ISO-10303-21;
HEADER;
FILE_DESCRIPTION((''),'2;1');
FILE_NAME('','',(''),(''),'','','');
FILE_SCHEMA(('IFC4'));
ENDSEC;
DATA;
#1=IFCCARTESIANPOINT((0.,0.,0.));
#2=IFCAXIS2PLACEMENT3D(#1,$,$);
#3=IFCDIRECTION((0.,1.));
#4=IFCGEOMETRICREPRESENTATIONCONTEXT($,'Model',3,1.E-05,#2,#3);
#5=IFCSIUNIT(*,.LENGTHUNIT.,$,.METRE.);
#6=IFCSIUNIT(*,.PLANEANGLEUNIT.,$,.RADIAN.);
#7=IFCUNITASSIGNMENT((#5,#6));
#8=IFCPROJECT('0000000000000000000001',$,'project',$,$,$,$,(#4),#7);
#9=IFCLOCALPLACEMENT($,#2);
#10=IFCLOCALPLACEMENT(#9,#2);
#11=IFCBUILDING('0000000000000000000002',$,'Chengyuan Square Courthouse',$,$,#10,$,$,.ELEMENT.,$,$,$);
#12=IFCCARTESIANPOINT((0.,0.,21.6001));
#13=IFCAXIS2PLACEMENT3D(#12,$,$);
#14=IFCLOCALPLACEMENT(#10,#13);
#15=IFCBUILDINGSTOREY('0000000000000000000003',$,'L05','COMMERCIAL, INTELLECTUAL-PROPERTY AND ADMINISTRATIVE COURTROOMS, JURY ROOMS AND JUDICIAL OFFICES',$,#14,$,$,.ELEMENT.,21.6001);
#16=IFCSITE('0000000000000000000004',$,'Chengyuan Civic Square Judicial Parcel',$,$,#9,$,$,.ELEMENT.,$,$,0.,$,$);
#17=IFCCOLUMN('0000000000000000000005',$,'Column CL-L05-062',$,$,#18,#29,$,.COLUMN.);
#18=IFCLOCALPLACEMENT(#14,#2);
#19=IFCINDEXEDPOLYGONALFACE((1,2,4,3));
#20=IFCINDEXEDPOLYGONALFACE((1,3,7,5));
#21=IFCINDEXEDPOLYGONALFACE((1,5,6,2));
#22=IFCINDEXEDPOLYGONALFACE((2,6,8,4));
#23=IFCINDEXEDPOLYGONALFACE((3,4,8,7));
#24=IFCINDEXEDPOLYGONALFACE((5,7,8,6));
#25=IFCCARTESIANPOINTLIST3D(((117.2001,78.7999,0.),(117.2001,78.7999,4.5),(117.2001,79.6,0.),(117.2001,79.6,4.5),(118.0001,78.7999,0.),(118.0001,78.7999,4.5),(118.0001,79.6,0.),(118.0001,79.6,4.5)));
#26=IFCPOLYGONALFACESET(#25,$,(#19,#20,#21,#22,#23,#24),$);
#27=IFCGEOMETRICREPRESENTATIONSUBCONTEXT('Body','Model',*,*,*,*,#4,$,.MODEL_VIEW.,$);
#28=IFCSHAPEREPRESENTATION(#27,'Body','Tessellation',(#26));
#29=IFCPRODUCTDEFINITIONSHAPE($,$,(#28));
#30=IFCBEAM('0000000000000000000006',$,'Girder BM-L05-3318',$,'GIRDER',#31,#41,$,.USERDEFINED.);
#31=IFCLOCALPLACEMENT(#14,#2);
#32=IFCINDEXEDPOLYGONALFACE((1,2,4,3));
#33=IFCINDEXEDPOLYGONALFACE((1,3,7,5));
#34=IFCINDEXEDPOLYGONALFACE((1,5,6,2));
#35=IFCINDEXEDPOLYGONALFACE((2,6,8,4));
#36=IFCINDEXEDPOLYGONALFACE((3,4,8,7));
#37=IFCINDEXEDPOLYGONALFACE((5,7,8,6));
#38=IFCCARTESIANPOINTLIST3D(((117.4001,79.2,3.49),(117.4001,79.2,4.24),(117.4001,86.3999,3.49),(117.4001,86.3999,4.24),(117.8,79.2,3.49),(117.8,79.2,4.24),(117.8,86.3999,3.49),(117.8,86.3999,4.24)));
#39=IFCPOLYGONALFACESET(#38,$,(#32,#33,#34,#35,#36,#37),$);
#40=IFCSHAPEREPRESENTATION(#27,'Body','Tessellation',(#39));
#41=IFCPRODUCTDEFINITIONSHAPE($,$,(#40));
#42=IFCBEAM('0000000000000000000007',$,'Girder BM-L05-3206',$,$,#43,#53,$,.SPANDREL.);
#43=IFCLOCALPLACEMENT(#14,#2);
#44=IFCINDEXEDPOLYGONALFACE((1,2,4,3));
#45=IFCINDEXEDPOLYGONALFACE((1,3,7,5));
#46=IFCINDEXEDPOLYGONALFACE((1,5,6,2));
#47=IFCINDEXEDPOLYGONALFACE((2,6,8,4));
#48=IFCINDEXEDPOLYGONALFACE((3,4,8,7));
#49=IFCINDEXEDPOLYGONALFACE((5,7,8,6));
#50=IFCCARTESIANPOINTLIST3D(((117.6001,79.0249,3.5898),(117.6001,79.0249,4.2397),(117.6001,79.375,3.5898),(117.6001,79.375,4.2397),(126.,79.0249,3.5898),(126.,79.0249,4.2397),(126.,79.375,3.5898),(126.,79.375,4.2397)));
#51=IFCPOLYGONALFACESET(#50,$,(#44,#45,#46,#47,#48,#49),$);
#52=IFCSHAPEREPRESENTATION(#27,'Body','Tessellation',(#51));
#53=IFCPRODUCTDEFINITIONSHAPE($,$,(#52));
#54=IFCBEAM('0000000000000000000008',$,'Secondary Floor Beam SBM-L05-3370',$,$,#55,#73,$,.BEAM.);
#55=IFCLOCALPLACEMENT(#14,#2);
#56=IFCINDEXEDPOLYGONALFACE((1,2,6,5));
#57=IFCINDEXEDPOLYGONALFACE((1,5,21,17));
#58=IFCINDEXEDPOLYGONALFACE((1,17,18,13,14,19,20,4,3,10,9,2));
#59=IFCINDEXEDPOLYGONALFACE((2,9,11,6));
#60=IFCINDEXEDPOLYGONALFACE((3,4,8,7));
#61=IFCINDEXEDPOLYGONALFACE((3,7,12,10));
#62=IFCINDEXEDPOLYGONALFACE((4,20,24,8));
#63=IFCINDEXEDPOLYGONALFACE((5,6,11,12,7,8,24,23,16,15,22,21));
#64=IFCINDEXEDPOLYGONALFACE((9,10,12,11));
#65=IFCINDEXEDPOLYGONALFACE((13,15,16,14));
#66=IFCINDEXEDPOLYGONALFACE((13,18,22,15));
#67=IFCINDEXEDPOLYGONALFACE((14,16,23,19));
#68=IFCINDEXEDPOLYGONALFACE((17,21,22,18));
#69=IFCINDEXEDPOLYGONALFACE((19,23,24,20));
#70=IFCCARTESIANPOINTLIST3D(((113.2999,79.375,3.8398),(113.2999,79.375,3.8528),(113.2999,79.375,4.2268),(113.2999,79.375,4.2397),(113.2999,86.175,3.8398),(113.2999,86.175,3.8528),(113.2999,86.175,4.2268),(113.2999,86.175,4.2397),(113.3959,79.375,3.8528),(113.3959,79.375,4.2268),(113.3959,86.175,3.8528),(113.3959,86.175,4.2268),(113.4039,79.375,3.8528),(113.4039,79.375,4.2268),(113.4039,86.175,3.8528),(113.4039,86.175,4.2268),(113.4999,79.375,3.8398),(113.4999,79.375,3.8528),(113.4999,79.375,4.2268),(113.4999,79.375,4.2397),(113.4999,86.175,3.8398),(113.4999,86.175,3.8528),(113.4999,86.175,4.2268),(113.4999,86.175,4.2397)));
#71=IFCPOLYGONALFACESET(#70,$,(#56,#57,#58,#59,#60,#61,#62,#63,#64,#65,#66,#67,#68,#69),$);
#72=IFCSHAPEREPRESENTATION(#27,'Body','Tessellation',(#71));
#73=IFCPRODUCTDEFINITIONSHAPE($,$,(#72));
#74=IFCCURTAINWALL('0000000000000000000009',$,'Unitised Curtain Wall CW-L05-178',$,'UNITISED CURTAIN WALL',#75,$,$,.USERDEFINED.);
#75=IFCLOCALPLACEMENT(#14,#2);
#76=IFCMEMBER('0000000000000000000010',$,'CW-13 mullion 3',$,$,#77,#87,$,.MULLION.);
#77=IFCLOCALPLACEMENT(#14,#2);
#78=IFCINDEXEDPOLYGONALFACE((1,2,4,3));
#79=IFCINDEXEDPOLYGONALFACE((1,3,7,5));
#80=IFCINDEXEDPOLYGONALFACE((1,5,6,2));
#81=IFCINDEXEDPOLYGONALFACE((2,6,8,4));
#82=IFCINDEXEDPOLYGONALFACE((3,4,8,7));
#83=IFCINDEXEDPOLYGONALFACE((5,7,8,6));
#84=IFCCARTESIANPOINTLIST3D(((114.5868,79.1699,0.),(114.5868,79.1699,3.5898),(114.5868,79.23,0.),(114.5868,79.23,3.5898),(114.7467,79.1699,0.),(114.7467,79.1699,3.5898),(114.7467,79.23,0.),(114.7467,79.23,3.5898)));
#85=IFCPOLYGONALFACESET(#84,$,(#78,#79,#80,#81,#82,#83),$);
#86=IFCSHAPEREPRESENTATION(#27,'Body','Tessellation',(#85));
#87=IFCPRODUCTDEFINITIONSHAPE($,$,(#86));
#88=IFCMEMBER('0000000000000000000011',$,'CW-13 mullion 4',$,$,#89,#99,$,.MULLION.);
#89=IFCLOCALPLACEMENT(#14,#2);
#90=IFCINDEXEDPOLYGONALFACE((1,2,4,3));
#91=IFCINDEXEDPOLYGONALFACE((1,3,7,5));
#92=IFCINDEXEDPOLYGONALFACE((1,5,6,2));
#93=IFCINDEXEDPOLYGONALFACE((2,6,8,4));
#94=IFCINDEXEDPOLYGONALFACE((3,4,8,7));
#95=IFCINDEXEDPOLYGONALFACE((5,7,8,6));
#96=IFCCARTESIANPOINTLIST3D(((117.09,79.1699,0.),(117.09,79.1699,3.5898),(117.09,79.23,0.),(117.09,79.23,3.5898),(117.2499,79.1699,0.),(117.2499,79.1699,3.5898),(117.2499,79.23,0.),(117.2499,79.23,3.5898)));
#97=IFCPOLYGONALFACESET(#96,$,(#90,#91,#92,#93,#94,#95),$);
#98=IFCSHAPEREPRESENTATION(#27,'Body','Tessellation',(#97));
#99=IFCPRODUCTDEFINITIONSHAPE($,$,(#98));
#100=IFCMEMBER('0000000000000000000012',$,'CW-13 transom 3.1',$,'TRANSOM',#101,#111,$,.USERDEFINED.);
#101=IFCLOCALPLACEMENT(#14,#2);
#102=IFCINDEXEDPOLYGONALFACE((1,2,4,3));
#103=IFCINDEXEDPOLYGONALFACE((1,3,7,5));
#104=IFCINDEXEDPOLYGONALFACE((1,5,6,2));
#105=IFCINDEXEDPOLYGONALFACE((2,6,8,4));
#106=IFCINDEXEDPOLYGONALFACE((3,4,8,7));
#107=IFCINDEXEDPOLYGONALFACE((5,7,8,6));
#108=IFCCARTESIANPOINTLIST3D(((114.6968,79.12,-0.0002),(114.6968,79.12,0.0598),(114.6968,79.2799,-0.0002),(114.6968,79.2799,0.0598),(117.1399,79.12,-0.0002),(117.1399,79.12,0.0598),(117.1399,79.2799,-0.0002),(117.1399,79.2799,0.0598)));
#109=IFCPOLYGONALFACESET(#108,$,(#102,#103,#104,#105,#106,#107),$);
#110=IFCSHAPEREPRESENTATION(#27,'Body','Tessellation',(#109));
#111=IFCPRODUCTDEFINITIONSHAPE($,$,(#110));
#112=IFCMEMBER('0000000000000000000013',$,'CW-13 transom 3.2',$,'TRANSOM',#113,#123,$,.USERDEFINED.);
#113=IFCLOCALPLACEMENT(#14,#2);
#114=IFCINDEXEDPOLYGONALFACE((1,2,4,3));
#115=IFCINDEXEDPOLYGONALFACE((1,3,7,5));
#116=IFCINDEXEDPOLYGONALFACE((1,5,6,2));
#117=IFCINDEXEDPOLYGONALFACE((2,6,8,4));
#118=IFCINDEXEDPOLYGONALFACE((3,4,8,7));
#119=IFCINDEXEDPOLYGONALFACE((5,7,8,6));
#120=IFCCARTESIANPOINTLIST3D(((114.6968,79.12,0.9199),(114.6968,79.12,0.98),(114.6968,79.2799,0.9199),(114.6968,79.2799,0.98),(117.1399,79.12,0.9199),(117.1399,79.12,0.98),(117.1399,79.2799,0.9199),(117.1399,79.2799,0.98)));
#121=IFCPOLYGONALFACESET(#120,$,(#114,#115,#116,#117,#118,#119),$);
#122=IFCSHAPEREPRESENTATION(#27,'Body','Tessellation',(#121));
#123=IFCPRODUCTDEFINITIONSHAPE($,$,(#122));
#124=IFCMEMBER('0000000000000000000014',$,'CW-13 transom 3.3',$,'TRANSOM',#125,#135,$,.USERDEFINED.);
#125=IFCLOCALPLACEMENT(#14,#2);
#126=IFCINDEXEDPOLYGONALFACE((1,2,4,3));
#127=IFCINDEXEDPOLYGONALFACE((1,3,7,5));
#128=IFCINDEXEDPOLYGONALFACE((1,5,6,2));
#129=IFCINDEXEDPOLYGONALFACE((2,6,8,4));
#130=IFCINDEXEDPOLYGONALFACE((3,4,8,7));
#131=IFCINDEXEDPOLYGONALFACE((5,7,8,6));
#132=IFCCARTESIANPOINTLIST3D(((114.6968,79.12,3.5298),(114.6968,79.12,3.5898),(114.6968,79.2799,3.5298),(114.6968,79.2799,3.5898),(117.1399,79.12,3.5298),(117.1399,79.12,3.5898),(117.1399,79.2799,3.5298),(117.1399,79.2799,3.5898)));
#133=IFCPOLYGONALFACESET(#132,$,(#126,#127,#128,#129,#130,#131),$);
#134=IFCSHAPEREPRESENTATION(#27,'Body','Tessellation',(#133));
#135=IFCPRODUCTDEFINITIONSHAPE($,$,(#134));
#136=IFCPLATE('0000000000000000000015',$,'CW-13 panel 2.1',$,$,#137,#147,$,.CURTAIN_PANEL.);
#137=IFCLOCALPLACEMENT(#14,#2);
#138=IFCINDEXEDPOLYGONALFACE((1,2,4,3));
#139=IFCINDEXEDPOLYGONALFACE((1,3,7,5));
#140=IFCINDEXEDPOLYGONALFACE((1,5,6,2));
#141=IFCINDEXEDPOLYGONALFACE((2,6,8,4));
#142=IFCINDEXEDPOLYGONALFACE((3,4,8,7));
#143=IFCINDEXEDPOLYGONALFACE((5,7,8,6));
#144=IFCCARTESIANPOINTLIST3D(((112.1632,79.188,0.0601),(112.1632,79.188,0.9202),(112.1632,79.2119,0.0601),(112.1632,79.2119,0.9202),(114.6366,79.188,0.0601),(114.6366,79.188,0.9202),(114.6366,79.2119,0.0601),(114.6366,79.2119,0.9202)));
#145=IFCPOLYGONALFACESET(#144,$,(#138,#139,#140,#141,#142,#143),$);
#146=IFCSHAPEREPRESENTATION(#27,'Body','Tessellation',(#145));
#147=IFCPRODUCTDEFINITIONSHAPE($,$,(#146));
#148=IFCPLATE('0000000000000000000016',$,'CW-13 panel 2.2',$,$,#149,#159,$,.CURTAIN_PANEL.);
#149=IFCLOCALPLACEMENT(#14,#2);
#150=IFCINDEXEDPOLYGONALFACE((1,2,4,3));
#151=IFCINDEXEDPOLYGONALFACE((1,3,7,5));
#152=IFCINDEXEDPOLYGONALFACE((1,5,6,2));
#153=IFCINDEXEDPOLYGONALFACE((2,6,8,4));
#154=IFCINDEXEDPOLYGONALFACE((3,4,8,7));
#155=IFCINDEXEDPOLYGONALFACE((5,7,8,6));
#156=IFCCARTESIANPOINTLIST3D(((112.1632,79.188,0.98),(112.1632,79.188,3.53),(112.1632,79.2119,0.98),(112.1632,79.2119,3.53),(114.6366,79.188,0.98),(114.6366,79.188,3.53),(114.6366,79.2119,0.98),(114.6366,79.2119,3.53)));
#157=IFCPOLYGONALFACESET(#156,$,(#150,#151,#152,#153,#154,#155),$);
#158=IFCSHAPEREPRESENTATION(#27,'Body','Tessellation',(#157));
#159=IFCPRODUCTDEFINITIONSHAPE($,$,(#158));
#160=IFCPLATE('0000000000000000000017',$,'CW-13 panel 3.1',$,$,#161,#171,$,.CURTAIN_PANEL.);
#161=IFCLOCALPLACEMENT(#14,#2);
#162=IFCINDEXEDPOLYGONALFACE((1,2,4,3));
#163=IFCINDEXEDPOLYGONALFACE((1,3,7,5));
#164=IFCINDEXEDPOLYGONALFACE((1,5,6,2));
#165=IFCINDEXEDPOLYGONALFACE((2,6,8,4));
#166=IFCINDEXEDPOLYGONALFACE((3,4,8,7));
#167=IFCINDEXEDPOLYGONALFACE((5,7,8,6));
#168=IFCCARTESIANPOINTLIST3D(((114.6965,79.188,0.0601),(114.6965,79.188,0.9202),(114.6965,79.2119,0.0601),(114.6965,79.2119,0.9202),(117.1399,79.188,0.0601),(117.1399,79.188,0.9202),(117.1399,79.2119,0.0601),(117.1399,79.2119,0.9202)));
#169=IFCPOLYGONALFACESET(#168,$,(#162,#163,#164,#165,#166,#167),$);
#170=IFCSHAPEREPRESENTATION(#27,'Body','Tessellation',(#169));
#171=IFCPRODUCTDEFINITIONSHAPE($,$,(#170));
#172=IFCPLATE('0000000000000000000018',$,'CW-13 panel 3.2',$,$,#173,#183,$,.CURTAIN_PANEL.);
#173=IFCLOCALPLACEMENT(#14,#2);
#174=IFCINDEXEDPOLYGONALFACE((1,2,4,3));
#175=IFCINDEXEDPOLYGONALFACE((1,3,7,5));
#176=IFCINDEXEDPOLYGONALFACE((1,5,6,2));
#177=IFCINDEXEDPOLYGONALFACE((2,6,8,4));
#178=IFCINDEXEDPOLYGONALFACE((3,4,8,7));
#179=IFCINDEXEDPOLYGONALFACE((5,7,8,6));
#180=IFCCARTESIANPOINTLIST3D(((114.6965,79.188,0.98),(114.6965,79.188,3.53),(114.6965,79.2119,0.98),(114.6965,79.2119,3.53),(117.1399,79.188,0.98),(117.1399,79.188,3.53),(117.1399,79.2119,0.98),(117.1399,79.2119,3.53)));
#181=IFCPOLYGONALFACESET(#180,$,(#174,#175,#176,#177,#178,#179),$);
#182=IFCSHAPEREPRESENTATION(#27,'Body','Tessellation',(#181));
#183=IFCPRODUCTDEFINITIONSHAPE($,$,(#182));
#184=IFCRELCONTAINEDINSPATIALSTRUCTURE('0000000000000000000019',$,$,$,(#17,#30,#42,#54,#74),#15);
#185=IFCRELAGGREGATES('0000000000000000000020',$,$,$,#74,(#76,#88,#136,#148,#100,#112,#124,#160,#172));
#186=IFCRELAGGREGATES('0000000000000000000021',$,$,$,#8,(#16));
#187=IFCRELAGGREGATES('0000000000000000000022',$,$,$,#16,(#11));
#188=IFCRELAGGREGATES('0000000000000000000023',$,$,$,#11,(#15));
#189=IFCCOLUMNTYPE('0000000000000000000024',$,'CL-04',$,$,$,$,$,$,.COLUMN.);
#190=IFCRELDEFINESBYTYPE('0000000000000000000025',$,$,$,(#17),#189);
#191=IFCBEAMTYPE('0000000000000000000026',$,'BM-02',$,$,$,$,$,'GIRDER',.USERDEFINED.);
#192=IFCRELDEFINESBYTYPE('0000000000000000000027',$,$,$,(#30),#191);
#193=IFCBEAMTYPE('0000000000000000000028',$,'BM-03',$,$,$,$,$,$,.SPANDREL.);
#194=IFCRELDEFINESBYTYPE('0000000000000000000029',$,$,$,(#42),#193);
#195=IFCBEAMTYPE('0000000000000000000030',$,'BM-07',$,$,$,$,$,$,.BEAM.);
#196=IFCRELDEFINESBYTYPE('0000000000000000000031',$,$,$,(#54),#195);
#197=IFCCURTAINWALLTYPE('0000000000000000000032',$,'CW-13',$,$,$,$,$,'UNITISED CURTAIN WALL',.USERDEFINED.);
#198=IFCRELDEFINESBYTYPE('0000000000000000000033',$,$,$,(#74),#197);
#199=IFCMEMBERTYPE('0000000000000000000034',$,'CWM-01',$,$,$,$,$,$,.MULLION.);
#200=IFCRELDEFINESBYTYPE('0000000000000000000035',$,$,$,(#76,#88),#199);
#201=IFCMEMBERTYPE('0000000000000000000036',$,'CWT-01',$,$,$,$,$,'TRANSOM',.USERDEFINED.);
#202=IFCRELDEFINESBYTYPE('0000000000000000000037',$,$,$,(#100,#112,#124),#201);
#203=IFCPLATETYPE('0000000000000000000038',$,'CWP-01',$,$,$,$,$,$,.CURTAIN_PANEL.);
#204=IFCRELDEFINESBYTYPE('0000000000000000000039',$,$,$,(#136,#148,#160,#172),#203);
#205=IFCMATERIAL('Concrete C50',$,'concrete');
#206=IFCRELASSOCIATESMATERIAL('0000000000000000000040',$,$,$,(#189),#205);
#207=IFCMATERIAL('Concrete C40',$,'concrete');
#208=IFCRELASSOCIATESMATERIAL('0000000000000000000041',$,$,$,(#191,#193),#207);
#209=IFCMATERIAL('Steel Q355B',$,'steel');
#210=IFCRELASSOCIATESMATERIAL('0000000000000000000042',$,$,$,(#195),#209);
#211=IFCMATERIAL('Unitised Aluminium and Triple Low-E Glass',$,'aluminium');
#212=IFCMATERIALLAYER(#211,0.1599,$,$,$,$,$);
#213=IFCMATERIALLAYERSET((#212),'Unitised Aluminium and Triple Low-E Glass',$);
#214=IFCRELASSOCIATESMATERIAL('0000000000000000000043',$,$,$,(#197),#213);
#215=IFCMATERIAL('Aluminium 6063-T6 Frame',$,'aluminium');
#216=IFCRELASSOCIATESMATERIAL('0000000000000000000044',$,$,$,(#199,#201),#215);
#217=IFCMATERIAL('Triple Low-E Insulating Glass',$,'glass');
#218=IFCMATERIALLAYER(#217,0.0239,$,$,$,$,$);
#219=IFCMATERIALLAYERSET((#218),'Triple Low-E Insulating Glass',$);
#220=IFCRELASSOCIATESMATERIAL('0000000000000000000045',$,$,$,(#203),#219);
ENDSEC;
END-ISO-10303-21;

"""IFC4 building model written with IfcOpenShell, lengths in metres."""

from ifc_helpers import new_model, si_unit, direction, frame, origin, origin_2d, place, context, subcontext, project, spatial, rectangle, i_section, extrude, material, layer, layer_set, material_profile, profile_set, type_object, element, aggregate, save


model = new_model("IFC4")

# Units and contexts
model_context = context("Model", 3, precision=1e-05, world=origin(), true_north=direction((0.0, 1.0)))
body_context = subcontext(model_context, "Body", "Model", "MODEL_VIEW")
ifc_project = project(units=[si_unit("LENGTHUNIT", "METRE"), si_unit("PLANEANGLEUNIT", "RADIAN")], contexts=[model_context])

# Site, building, storey
site_placement = place(None, origin())
site = spatial("IfcSite", under=ifc_project, at=site_placement, Name="Chengyuan Civic Square Judicial Parcel", CompositionType="ELEMENT", RefElevation=0.0)
building_placement = place(site_placement, origin())
building = spatial("IfcBuilding", under=site, at=building_placement, Name="Chengyuan Square Courthouse", CompositionType="ELEMENT")
storey_placement = place(building_placement, frame((0.0, 0.0, 21.6001)))
storey = spatial("IfcBuildingStorey", under=building, at=storey_placement, Name="L05", Description="COMMERCIAL, INTELLECTUAL-PROPERTY AND ADMINISTRATIVE COURTROOMS, JURY ROOMS AND JUDICIAL OFFICES", CompositionType="ELEMENT", Elevation=21.6001)

# Column
ifc_material_1 = material(Name="Concrete C50", Category="concrete")
ifc_material_profile_1 = material_profile(ifc_material_1, rectangle(XDim=0.8, YDim=0.8, at=origin_2d()), Name="RC-COL-800x800")
ifc_profile_set_1 = profile_set([ifc_material_profile_1], Name="Concrete C50")
column_type = type_object("IfcColumnType", Name="CL-04", PredefinedType="COLUMN", material=ifc_profile_set_1)
column_placement = place(storey_placement, frame((117.6001, 79.2, 0.0), z_axis=(0.0, 0.0, 1.0), x_axis=(1.0, 0.0, 0.0)))
element("IfcColumn", 1, at=column_placement, inside=storey, type_object=column_type, Name="Column CL-L05-062", PredefinedType="COLUMN", context=body_context, shape_type="SweptSolid", body=[
    extrude(rectangle(XDim=0.8, YDim=0.8, at=origin_2d()), origin(), (0.0, 0.0, 1.0), 4.5),
])

# Beams
ifc_material_2 = material(Name="Concrete C40", Category="concrete")
ifc_material_profile_2 = material_profile(ifc_material_2, rectangle(XDim=0.3999, YDim=0.75, at=origin_2d()), Name="RC-BM-400x750")
ifc_profile_set_2 = profile_set([ifc_material_profile_2], Name="Concrete C40")
beam_type_1 = type_object("IfcBeamType", Name="BM-02", ElementType="GIRDER", PredefinedType="USERDEFINED", material=ifc_profile_set_2)
beam_1_placement = place(storey_placement, frame((117.6001, 79.2, 3.865), z_axis=(0.0, 1.0, 0.0), x_axis=(-1.0, 0.0, 0.0)))
element("IfcBeam", 2, at=beam_1_placement, inside=storey, type_object=beam_type_1, Name="Girder BM-L05-3318", ObjectType="GIRDER", PredefinedType="USERDEFINED", context=body_context, shape_type="SweptSolid", body=[
    extrude(rectangle(XDim=0.3999, YDim=0.75, at=origin_2d()), origin(), (0.0, 0.0, 1.0), 7.2),
])
ifc_material_profile_3 = material_profile(ifc_material_2, rectangle(XDim=0.3501, YDim=0.6499, at=origin_2d()), Name="RC-BM-350x650")
ifc_profile_set_3 = profile_set([ifc_material_profile_3], Name="Concrete C40")
beam_type_2 = type_object("IfcBeamType", Name="BM-03", PredefinedType="SPANDREL", material=ifc_profile_set_3)
beam_2_placement = place(storey_placement, frame((117.6001, 79.2, 3.9148), z_axis=(1.0, 0.0, 0.0), x_axis=(0.0, 1.0, 0.0)))
element("IfcBeam", 3, at=beam_2_placement, inside=storey, type_object=beam_type_2, Name="Girder BM-L05-3206", PredefinedType="SPANDREL", context=body_context, shape_type="SweptSolid", body=[
    extrude(rectangle(XDim=0.3501, YDim=0.6499, at=origin_2d()), origin(), (0.0, 0.0, 1.0), 8.3999),
])
ifc_material_3 = material(Name="Steel Q355B", Category="steel")
ifc_material_profile_4 = material_profile(ifc_material_3, i_section(OverallWidth=0.2, OverallDepth=0.3999, WebThickness=0.0081, FlangeThickness=0.0129, at=origin_2d()), Name="HN 400x200x8x13")
ifc_profile_set_4 = profile_set([ifc_material_profile_4], Name="Steel Q355B")
beam_type_3 = type_object("IfcBeamType", Name="BM-07", PredefinedType="BEAM", material=ifc_profile_set_4)
beam_3_placement = place(storey_placement, frame((113.3999, 79.375, 4.0398), z_axis=(0.0, 1.0, 0.0), x_axis=(-1.0, 0.0, 0.0)))
element("IfcBeam", 4, at=beam_3_placement, inside=storey, type_object=beam_type_3, Name="Secondary Floor Beam SBM-L05-3370", PredefinedType="BEAM", context=body_context, shape_type="SweptSolid", body=[
    extrude(i_section(OverallWidth=0.2, OverallDepth=0.3999, WebThickness=0.0081, FlangeThickness=0.0129, at=origin_2d()), origin(), (0.0, 0.0, 1.0), 6.8),
])

# Curtain wall, members, plates
ifc_material_4 = material(Name="Unitised Aluminium and Triple Low-E Glass", Category="aluminium")
ifc_layer_1 = layer(ifc_material_4, 0.1599)
ifc_layer_set_1 = layer_set([ifc_layer_1], Name="Unitised Aluminium and Triple Low-E Glass")
curtain_wall_type = type_object("IfcCurtainWallType", Name="CW-13", ElementType="UNITISED CURTAIN WALL", PredefinedType="USERDEFINED", material=ifc_layer_set_1)
curtain_wall_placement = place(storey_placement, origin())
curtain_wall = element("IfcCurtainWall", 5, at=curtain_wall_placement, inside=storey, type_object=curtain_wall_type, Name="Unitised Curtain Wall CW-L05-178", ObjectType="UNITISED CURTAIN WALL", PredefinedType="USERDEFINED")
ifc_material_5 = material(Name="Aluminium 6063-T6 Frame", Category="aluminium")
ifc_material_profile_5 = material_profile(ifc_material_5, rectangle(XDim=0.0601, YDim=0.1599, at=origin_2d()), Name="CW-MUL-60x160")
ifc_profile_set_5 = profile_set([ifc_material_profile_5], Name="Aluminium 6063-T6 Frame")
member_type_1 = type_object("IfcMemberType", Name="CWM-01", PredefinedType="MULLION", material=ifc_profile_set_5)
member_1_placement = place(storey_placement, frame((114.6667, 79.2, 0.0), z_axis=(0.0, 0.0, 1.0), x_axis=(0.0, 1.0, 0.0)))
member_1 = element("IfcMember", 6, at=member_1_placement, type_object=member_type_1, Name="CW-13 mullion 3", PredefinedType="MULLION", context=body_context, shape_type="SweptSolid", body=[
    extrude(rectangle(XDim=0.0601, YDim=0.1599, at=origin_2d()), origin(), (0.0, 0.0, 1.0), 3.5898),
])
member_2_placement = place(storey_placement, frame((117.1699, 79.2, 0.0), z_axis=(0.0, 0.0, 1.0), x_axis=(0.0, 1.0, 0.0)))
member_2 = element("IfcMember", 7, at=member_2_placement, type_object=member_type_1, Name="CW-13 mullion 4", PredefinedType="MULLION", context=body_context, shape_type="SweptSolid", body=[
    extrude(rectangle(XDim=0.0601, YDim=0.1599, at=origin_2d()), origin(), (0.0, 0.0, 1.0), 3.5898),
])
ifc_material_profile_6 = material_profile(ifc_material_5, rectangle(XDim=0.1599, YDim=0.0601, at=origin_2d()), Name="CW-TRN-60x120")
ifc_profile_set_6 = profile_set([ifc_material_profile_6], Name="Aluminium 6063-T6 Frame")
member_type_2 = type_object("IfcMemberType", Name="CWT-01", ElementType="TRANSOM", PredefinedType="USERDEFINED", material=ifc_profile_set_6)
member_3_placement = place(storey_placement, frame((114.6968, 79.2, 0.0298), z_axis=(1.0, 0.0, 0.0), x_axis=(0.0, 1.0, 0.0)))
member_3 = element("IfcMember", 8, at=member_3_placement, type_object=member_type_2, Name="CW-13 transom 3.1", ObjectType="TRANSOM", PredefinedType="USERDEFINED", context=body_context, shape_type="SweptSolid", body=[
    extrude(rectangle(XDim=0.1599, YDim=0.0601, at=origin_2d()), origin(), (0.0, 0.0, 1.0), 2.4431),
])
member_4_placement = place(storey_placement, frame((114.6968, 79.2, 0.95), z_axis=(1.0, 0.0, 0.0), x_axis=(0.0, 1.0, 0.0)))
member_4 = element("IfcMember", 9, at=member_4_placement, type_object=member_type_2, Name="CW-13 transom 3.2", ObjectType="TRANSOM", PredefinedType="USERDEFINED", context=body_context, shape_type="SweptSolid", body=[
    extrude(rectangle(XDim=0.1599, YDim=0.0601, at=origin_2d()), origin(), (0.0, 0.0, 1.0), 2.4431),
])
member_5_placement = place(storey_placement, frame((114.6968, 79.2, 3.5598), z_axis=(1.0, 0.0, 0.0), x_axis=(0.0, 1.0, 0.0)))
member_5 = element("IfcMember", 10, at=member_5_placement, type_object=member_type_2, Name="CW-13 transom 3.3", ObjectType="TRANSOM", PredefinedType="USERDEFINED", context=body_context, shape_type="SweptSolid", body=[
    extrude(rectangle(XDim=0.1599, YDim=0.0601, at=origin_2d()), origin(), (0.0, 0.0, 1.0), 2.4431),
])
ifc_material_6 = material(Name="Triple Low-E Insulating Glass", Category="glass")
ifc_layer_2 = layer(ifc_material_6, 0.0239)
ifc_layer_set_2 = layer_set([ifc_layer_2], Name="Triple Low-E Insulating Glass")
plate_type = type_object("IfcPlateType", Name="CWP-01", PredefinedType="CURTAIN_PANEL", material=ifc_layer_set_2)
plate_1_placement = place(storey_placement, frame((113.3999, 79.2, 0.0601), z_axis=(0.0, 0.0, 1.0), x_axis=(1.0, 0.0, 0.0)))
plate_1 = element("IfcPlate", 11, at=plate_1_placement, type_object=plate_type, Name="CW-13 panel 2.1", PredefinedType="CURTAIN_PANEL", context=body_context, shape_type="SweptSolid", body=[
    extrude(rectangle(XDim=2.4734, YDim=0.0239, at=origin_2d()), origin(), (0.0, 0.0, 1.0), 0.8601),
])
plate_2_placement = place(storey_placement, frame((113.3999, 79.2, 0.98), z_axis=(0.0, 0.0, 1.0), x_axis=(1.0, 0.0, 0.0)))
plate_2 = element("IfcPlate", 12, at=plate_2_placement, type_object=plate_type, Name="CW-13 panel 2.2", PredefinedType="CURTAIN_PANEL", context=body_context, shape_type="SweptSolid", body=[
    extrude(rectangle(XDim=2.4734, YDim=0.0239, at=origin_2d()), origin(), (0.0, 0.0, 1.0), 2.55),
])
plate_3_placement = place(storey_placement, frame((115.9182, 79.2, 0.0601), z_axis=(0.0, 0.0, 1.0), x_axis=(1.0, 0.0, 0.0)))
plate_3 = element("IfcPlate", 13, at=plate_3_placement, type_object=plate_type, Name="CW-13 panel 3.1", PredefinedType="CURTAIN_PANEL", context=body_context, shape_type="SweptSolid", body=[
    extrude(rectangle(XDim=2.4434, YDim=0.0239, at=origin_2d()), origin(), (0.0, 0.0, 1.0), 0.8601),
])
plate_4_placement = place(storey_placement, frame((115.9182, 79.2, 0.98), z_axis=(0.0, 0.0, 1.0), x_axis=(1.0, 0.0, 0.0)))
plate_4 = element("IfcPlate", 14, at=plate_4_placement, type_object=plate_type, Name="CW-13 panel 3.2", PredefinedType="CURTAIN_PANEL", context=body_context, shape_type="SweptSolid", body=[
    extrude(rectangle(XDim=2.4434, YDim=0.0239, at=origin_2d()), origin(), (0.0, 0.0, 1.0), 2.55),
])
aggregate(curtain_wall, [member_1, member_2, plate_1, plate_2, member_3, member_4, member_5, plate_3, plate_4])

save(model, "model.ifc")
